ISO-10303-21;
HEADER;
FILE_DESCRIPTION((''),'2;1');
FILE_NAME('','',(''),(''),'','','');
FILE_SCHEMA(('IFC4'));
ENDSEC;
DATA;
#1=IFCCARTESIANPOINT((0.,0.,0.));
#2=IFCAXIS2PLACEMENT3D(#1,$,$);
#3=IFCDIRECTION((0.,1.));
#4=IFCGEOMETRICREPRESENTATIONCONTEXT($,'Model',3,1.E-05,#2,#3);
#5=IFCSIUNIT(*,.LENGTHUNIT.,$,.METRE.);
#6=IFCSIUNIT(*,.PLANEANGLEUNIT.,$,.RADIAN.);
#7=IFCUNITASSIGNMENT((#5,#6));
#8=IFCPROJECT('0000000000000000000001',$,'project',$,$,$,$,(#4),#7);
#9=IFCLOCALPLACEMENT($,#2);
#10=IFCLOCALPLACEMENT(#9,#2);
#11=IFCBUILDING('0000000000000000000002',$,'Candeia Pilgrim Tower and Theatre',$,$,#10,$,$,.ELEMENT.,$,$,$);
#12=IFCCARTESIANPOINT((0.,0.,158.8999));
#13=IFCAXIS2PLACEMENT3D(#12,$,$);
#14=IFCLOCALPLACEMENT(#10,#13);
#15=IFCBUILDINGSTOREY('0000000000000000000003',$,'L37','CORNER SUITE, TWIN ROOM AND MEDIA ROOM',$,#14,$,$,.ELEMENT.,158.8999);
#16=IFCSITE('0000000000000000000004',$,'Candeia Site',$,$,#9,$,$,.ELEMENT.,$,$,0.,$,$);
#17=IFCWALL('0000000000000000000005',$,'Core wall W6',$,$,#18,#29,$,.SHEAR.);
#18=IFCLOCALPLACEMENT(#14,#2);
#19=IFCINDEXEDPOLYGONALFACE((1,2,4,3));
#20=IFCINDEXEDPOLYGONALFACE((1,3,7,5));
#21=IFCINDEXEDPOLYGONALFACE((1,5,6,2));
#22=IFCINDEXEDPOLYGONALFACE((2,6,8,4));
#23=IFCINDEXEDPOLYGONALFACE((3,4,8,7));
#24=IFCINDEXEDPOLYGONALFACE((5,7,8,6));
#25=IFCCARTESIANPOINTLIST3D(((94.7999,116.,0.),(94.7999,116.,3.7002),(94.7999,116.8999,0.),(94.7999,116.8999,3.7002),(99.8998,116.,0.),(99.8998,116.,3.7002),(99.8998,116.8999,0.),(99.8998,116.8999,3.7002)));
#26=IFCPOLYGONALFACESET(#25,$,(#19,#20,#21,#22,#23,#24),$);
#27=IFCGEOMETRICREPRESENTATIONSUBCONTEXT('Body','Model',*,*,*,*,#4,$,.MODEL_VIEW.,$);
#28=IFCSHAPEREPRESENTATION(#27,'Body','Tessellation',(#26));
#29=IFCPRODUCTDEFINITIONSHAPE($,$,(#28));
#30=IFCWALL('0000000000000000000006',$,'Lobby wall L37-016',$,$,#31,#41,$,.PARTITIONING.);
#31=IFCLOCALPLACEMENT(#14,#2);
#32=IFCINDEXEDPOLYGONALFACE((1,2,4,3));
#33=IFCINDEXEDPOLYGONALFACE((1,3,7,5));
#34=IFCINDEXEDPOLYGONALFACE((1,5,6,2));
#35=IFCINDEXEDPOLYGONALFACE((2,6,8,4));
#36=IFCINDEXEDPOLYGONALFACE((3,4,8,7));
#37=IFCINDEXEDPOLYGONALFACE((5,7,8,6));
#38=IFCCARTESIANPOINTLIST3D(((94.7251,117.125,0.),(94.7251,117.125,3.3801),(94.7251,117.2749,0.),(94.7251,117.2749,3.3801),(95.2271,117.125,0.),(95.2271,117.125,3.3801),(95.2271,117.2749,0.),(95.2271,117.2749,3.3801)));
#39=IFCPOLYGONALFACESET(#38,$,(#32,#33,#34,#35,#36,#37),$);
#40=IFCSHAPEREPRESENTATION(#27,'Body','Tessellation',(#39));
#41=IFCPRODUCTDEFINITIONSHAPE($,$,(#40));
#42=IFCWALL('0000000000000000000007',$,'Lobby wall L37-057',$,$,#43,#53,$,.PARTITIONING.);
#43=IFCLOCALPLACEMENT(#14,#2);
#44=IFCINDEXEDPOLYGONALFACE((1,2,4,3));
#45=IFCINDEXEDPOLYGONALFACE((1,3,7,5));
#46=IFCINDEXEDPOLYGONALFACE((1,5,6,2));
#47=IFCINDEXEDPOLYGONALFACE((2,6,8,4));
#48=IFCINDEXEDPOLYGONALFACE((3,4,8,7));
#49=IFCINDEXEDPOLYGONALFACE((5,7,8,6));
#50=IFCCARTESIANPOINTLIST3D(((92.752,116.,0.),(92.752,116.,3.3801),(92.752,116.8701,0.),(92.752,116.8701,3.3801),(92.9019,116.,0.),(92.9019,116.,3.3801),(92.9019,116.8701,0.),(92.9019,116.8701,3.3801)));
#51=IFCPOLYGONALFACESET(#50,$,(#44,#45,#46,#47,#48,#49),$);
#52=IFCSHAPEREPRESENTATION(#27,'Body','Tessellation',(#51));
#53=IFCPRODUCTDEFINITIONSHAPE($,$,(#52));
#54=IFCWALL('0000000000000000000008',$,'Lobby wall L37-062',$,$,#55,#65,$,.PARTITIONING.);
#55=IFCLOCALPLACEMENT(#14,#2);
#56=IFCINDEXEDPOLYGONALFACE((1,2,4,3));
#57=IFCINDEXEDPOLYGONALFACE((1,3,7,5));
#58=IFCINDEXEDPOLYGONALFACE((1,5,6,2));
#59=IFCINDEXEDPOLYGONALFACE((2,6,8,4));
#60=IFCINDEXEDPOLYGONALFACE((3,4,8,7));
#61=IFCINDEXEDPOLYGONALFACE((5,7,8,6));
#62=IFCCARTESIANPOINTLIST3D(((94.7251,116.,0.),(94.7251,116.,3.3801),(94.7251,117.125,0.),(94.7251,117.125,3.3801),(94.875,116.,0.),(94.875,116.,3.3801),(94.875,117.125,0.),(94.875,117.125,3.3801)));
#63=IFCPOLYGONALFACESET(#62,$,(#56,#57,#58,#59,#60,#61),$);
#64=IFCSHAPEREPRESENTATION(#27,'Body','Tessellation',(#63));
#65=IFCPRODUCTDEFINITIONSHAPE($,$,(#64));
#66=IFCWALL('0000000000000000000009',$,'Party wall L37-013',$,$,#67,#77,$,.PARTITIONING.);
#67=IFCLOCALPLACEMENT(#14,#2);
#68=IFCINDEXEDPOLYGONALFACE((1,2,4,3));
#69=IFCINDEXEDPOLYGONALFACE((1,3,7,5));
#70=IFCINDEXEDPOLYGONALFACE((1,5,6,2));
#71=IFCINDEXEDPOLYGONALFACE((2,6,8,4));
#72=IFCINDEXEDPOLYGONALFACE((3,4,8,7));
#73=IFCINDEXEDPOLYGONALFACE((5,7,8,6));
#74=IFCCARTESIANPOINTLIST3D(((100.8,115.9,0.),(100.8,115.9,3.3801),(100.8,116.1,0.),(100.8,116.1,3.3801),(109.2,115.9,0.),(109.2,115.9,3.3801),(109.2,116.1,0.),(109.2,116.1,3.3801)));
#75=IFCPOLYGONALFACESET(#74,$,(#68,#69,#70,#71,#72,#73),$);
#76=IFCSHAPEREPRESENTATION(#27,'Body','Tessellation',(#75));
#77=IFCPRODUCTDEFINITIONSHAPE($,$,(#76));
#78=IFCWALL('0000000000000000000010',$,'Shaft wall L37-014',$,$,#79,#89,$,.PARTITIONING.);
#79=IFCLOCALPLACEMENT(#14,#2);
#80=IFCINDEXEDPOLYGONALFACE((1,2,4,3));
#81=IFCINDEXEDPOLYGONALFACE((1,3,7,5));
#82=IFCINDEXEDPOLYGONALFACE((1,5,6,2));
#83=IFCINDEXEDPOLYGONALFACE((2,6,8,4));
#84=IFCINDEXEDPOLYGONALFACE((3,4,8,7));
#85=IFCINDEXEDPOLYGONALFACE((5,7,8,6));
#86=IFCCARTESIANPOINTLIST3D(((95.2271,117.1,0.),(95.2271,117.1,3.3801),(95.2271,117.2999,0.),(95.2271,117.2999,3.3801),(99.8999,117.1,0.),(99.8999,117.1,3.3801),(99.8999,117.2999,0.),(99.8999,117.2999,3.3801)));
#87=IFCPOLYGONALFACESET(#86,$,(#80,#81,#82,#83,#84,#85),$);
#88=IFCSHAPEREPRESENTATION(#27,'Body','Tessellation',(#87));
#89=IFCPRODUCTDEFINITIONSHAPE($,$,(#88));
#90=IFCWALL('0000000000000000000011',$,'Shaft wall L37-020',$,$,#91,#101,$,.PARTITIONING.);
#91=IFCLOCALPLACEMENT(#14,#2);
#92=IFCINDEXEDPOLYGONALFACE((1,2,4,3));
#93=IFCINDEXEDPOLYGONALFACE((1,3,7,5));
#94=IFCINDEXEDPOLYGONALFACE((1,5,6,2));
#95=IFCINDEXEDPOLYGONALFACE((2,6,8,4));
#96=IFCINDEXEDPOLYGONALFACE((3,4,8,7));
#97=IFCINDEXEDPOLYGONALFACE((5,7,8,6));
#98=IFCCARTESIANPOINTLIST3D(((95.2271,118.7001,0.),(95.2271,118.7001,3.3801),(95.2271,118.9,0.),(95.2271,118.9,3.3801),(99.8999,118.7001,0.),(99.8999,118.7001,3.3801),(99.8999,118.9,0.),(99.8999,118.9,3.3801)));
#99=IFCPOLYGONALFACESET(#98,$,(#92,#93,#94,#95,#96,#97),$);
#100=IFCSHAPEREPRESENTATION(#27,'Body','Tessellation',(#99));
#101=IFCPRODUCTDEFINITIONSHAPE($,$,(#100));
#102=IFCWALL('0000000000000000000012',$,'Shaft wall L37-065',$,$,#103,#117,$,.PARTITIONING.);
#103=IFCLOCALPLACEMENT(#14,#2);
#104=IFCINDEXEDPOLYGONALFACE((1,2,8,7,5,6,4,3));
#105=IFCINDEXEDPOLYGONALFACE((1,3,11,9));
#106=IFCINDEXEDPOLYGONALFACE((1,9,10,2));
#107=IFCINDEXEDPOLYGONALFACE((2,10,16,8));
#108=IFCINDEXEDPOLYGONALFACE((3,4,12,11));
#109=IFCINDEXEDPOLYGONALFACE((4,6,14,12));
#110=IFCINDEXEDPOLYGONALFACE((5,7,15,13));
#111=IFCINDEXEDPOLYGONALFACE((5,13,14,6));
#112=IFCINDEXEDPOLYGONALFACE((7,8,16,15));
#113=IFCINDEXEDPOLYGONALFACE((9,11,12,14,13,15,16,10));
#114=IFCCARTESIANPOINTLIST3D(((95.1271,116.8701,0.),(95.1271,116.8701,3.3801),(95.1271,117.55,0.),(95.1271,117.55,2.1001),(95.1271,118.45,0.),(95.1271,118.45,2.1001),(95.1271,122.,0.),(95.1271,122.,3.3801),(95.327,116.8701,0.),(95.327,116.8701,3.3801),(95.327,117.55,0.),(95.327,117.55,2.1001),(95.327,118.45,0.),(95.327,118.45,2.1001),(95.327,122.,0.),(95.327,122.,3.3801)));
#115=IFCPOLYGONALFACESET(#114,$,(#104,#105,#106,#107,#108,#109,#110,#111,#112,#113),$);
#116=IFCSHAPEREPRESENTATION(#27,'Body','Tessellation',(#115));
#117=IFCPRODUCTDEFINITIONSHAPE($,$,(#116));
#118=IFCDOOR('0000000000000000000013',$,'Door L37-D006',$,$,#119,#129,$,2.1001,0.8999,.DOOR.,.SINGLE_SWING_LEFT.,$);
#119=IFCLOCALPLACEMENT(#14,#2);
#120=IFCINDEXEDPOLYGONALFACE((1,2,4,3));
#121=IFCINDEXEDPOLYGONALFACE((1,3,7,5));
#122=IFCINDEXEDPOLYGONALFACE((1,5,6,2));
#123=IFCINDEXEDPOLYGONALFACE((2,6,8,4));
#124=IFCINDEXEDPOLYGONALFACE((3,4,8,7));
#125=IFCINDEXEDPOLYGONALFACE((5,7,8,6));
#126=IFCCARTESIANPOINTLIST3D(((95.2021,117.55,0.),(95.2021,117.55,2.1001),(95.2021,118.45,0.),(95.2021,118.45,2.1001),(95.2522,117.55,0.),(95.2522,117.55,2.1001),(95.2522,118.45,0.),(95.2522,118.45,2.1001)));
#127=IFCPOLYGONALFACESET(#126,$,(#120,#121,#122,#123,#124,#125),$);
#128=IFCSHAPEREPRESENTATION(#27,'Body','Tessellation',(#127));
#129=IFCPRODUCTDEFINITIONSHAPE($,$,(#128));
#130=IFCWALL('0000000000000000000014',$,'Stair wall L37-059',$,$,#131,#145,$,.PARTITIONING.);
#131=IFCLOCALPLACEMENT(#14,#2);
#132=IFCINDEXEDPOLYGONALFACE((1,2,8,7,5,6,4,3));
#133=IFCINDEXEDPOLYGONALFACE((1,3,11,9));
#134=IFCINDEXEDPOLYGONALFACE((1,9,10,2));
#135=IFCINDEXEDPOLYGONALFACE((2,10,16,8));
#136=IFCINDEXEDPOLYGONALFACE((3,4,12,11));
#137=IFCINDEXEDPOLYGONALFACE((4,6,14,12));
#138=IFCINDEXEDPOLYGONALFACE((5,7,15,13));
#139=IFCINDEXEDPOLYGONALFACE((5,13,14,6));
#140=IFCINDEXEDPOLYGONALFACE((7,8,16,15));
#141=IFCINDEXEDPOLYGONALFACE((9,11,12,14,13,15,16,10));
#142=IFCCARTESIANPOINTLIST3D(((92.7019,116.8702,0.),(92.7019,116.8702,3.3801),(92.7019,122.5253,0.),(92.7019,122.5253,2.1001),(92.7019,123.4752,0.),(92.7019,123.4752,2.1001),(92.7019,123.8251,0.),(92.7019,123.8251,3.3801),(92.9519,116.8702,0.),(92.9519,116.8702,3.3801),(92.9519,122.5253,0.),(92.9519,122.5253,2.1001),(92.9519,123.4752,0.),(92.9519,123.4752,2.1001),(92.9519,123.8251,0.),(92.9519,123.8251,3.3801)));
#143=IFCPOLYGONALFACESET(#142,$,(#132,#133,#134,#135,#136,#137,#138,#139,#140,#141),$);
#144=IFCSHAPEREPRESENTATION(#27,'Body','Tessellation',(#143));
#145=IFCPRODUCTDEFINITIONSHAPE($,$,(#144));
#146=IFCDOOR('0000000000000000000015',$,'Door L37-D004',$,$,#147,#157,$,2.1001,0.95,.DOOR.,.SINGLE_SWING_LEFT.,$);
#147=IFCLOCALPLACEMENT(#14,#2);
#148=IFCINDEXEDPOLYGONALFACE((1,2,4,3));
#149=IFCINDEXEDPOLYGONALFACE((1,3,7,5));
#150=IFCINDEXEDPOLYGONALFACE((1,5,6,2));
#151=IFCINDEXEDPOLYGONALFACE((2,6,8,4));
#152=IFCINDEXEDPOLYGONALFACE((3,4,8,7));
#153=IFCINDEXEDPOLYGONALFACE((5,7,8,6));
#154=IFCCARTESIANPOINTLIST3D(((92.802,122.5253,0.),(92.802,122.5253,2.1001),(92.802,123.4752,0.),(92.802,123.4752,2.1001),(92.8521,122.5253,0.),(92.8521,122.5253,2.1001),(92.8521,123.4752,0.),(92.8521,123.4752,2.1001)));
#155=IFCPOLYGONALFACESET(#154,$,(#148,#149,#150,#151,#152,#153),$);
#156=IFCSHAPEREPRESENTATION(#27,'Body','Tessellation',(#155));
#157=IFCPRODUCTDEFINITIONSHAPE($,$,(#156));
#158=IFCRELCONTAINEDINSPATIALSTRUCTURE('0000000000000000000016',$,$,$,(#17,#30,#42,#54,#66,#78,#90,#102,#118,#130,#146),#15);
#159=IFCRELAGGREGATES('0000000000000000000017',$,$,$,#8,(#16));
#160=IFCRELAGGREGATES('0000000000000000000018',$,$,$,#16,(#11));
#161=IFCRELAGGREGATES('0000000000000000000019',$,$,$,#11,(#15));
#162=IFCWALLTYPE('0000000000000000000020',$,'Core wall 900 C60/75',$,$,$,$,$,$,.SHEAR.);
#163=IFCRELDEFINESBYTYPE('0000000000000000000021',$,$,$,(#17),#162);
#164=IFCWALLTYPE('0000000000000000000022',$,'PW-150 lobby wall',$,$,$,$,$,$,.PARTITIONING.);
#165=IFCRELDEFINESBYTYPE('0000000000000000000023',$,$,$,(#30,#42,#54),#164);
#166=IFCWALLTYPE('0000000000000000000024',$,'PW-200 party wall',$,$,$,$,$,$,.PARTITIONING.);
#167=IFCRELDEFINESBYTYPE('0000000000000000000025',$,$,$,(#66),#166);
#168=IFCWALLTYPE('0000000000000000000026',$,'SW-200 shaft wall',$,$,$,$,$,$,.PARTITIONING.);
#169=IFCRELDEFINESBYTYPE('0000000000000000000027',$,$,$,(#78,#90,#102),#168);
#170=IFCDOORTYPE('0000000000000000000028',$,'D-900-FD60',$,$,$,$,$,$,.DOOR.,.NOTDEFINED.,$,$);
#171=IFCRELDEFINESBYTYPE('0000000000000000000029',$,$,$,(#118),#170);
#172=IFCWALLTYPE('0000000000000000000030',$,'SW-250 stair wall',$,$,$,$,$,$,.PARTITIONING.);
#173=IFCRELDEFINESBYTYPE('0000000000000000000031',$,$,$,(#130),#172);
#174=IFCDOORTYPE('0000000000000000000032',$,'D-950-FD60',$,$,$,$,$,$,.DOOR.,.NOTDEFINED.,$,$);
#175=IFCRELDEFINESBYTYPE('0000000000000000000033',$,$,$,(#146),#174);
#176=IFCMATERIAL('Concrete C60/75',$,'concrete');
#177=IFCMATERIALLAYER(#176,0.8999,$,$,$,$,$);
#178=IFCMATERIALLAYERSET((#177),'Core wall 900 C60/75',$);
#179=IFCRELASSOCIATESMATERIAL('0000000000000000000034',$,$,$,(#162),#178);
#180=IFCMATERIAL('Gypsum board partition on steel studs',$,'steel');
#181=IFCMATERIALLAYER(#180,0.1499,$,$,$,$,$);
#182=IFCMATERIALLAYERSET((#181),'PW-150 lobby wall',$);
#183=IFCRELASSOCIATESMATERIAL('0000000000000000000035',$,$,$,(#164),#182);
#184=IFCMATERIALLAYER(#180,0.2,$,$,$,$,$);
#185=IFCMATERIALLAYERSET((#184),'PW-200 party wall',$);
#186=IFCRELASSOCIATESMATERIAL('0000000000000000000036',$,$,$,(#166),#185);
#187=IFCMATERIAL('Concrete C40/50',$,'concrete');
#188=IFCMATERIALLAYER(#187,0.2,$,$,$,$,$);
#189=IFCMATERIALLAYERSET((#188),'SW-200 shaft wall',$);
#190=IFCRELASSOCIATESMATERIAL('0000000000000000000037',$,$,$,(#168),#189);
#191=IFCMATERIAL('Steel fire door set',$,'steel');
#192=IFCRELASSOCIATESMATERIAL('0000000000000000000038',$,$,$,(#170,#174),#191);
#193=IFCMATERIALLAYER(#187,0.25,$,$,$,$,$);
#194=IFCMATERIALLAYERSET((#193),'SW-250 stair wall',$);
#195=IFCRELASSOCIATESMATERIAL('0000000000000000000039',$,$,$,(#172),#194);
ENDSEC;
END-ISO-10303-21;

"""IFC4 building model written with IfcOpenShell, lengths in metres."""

from ifc_helpers import new_model, si_unit, direction, frame, frame_2d, origin, place, context, subcontext, project, spatial, rectangle, extrude, material, layer, layer_set, type_object, element, fill, save


model = new_model("IFC4")

# Units and contexts
model_context = context("Model", 3, precision=1e-05, world=origin(), true_north=direction((0.0, 1.0)))
body_context = subcontext(model_context, "Body", "Model", "MODEL_VIEW")
ifc_project = project(units=[si_unit("LENGTHUNIT", "METRE"), si_unit("PLANEANGLEUNIT", "RADIAN")], contexts=[model_context])

# Site, building, storey
site_placement = place(None, origin())
site = spatial("IfcSite", under=ifc_project, at=site_placement, Name="Candeia Site", CompositionType="ELEMENT", RefElevation=0.0)
building_placement = place(site_placement, origin())
building = spatial("IfcBuilding", under=site, at=building_placement, Name="Candeia Pilgrim Tower and Theatre", CompositionType="ELEMENT")
storey_placement = place(building_placement, frame((0.0, 0.0, 158.8999)))
storey = spatial("IfcBuildingStorey", under=building, at=storey_placement, Name="L37", Description="CORNER SUITE, TWIN ROOM AND MEDIA ROOM", CompositionType="ELEMENT", Elevation=158.8999)

# Walls
ifc_material_1 = material(Name="Concrete C60/75", Category="concrete")
ifc_layer_1 = layer(ifc_material_1, 0.8999)
ifc_layer_set_1 = layer_set([ifc_layer_1], Name="Core wall 900 C60/75")
wall_type_1 = type_object("IfcWallType", Name="Core wall 900 C60/75", PredefinedType="SHEAR", material=ifc_layer_set_1)
wall_1_placement = place(storey_placement, frame((94.8, 116.45, 0.0), z_axis=(0.0, 0.0, 1.0), x_axis=(1.0, 0.0, 0.0)))
element("IfcWall", 1, at=wall_1_placement, inside=storey, type_object=wall_type_1, Name="Core wall W6", PredefinedType="SHEAR", context=body_context, shape_type="SweptSolid", body=[
    extrude(rectangle(XDim=5.0999, YDim=0.8999, at=frame_2d((2.5498, 0.0))), origin(), (0.0, 0.0, 1.0), 3.7002),
])
ifc_material_2 = material(Name="Gypsum board partition on steel studs", Category="steel")
ifc_layer_2 = layer(ifc_material_2, 0.1499)
ifc_layer_set_2 = layer_set([ifc_layer_2], Name="PW-150 lobby wall")
wall_type_2 = type_object("IfcWallType", Name="PW-150 lobby wall", PredefinedType="PARTITIONING", material=ifc_layer_set_2)
wall_2_placement = place(storey_placement, frame((94.7251, 117.2, 0.0), z_axis=(0.0, 0.0, 1.0), x_axis=(1.0, 0.0, 0.0)))
element("IfcWall", 2, at=wall_2_placement, inside=storey, type_object=wall_type_2, Name="Lobby wall L37-016", PredefinedType="PARTITIONING", context=body_context, shape_type="SweptSolid", body=[
    extrude(rectangle(XDim=0.502, YDim=0.1499, at=frame_2d((0.251, 0.0))), origin(), (0.0, 0.0, 1.0), 3.3801),
])
wall_3_placement = place(storey_placement, frame((92.8269, 116.0, 0.0), z_axis=(0.0, 0.0, 1.0), x_axis=(0.0, 1.0, 0.0)))
element("IfcWall", 3, at=wall_3_placement, inside=storey, type_object=wall_type_2, Name="Lobby wall L37-057", PredefinedType="PARTITIONING", context=body_context, shape_type="SweptSolid", body=[
    extrude(rectangle(XDim=0.8701, YDim=0.1499, at=frame_2d((0.4351, 0.0))), origin(), (0.0, 0.0, 1.0), 3.3801),
])
wall_4_placement = place(storey_placement, frame((94.8, 116.0, 0.0), z_axis=(0.0, 0.0, 1.0), x_axis=(0.0, 1.0, 0.0)))
element("IfcWall", 4, at=wall_4_placement, inside=storey, type_object=wall_type_2, Name="Lobby wall L37-062", PredefinedType="PARTITIONING", context=body_context, shape_type="SweptSolid", body=[
    extrude(rectangle(XDim=1.125, YDim=0.1499, at=frame_2d((0.5625, 0.0))), origin(), (0.0, 0.0, 1.0), 3.3801),
])
ifc_layer_3 = layer(ifc_material_2, 0.2)
ifc_layer_set_3 = layer_set([ifc_layer_3], Name="PW-200 party wall")
wall_type_3 = type_object("IfcWallType", Name="PW-200 party wall", PredefinedType="PARTITIONING", material=ifc_layer_set_3)
wall_5_placement = place(storey_placement, frame((100.8, 116.0, 0.0), z_axis=(0.0, 0.0, 1.0), x_axis=(1.0, 0.0, 0.0)))
element("IfcWall", 5, at=wall_5_placement, inside=storey, type_object=wall_type_3, Name="Party wall L37-013", PredefinedType="PARTITIONING", context=body_context, shape_type="SweptSolid", body=[
    extrude(rectangle(XDim=8.3999, YDim=0.2, at=frame_2d((4.2, 0.0))), origin(), (0.0, 0.0, 1.0), 3.3801),
])
ifc_material_3 = material(Name="Concrete C40/50", Category="concrete")
ifc_layer_4 = layer(ifc_material_3, 0.2)
ifc_layer_set_4 = layer_set([ifc_layer_4], Name="SW-200 shaft wall")
wall_type_4 = type_object("IfcWallType", Name="SW-200 shaft wall", PredefinedType="PARTITIONING", material=ifc_layer_set_4)
for number, where, z_axis, x_axis, name in (
    (6, (95.2271, 117.2, 0.0), (0.0, 0.0, 1.0), (1.0, 0.0, 0.0), "Shaft wall L37-014"),
    (7, (95.2271, 118.8, 0.0), (0.0, 0.0, 1.0), (1.0, 0.0, 0.0), "Shaft wall L37-020"),
):
    element("IfcWall", number, at=place(storey_placement, frame(where, z_axis=z_axis, x_axis=x_axis)), inside=storey, type_object=wall_type_4, Name=name, PredefinedType="PARTITIONING", context=body_context, shape_type="SweptSolid", body=[
        extrude(rectangle(XDim=4.6729, YDim=0.2, at=frame_2d((2.3364, 0.0))), origin(), (0.0, 0.0, 1.0), 3.3801),
    ])

# Walls, openings, doors
wall_6_placement = place(storey_placement, frame((95.2271, 116.8701, 0.0), z_axis=(0.0, 0.0, 1.0), x_axis=(0.0, 1.0, 0.0)))
wall_6 = element("IfcWall", 8, at=wall_6_placement, inside=storey, type_object=wall_type_4, Name="Shaft wall L37-065", PredefinedType="PARTITIONING", context=body_context, shape_type="SweptSolid", body=[
    extrude(rectangle(XDim=5.1299, YDim=0.2, at=frame_2d((2.5649, 0.0))), origin(), (0.0, 0.0, 1.0), 3.3801),
])
opening_1_placement = place(wall_6_placement, frame((0.6799, 0.0, 0.0)))
opening_1 = element("IfcOpeningElement", 9, at=opening_1_placement, cuts=wall_6, PredefinedType="OPENING", context=body_context, shape_type="SweptSolid", body=[
    extrude(rectangle(XDim=0.8999, YDim=2.1001, at=frame_2d((0.45, 1.05))), frame((0.0, 0.1099, 0.0), z_axis=(0.0, -1.0, 0.0), x_axis=(1.0, 0.0, 0.0)), (0.0, 0.0, 1.0), 0.22),
])
ifc_material_4 = material(Name="Steel fire door set", Category="steel")
door_type_1 = type_object("IfcDoorType", Name="D-900-FD60", OperationType="NOTDEFINED", PredefinedType="DOOR", material=ifc_material_4)
door_1_placement = place(opening_1_placement, origin())
door_1 = element("IfcDoor", 10, at=door_1_placement, inside=storey, type_object=door_type_1, Name="Door L37-D006", OperationType="SINGLE_SWING_LEFT", OverallHeight=2.1001, OverallWidth=0.8999, PredefinedType="DOOR", context=body_context, shape_type="SweptSolid", body=[
    extrude(rectangle(XDim=0.8999, YDim=2.1001, at=frame_2d((0.45, 1.05))), frame((0.0, 0.0249, 0.0), z_axis=(0.0, -1.0, 0.0), x_axis=(1.0, 0.0, 0.0)), (0.0, 0.0, 1.0), 0.05),
])
fill(opening_1, door_1)
ifc_layer_5 = layer(ifc_material_3, 0.25)
ifc_layer_set_5 = layer_set([ifc_layer_5], Name="SW-250 stair wall")
wall_type_5 = type_object("IfcWallType", Name="SW-250 stair wall", PredefinedType="PARTITIONING", material=ifc_layer_set_5)
wall_7_placement = place(storey_placement, frame((92.8269, 116.8701, 0.0), z_axis=(0.0, 0.0, 1.0), x_axis=(0.0, 1.0, 0.0)))
wall_7 = element("IfcWall", 11, at=wall_7_placement, inside=storey, type_object=wall_type_5, Name="Stair wall L37-059", PredefinedType="PARTITIONING", context=body_context, shape_type="SweptSolid", body=[
    extrude(rectangle(XDim=6.9548, YDim=0.25, at=frame_2d((3.4775, 0.0))), origin(), (0.0, 0.0, 1.0), 3.3801),
])
opening_2_placement = place(wall_7_placement, frame((5.655, 0.0, 0.0)))
opening_2 = element("IfcOpeningElement", 12, at=opening_2_placement, cuts=wall_7, PredefinedType="OPENING", context=body_context, shape_type="SweptSolid", body=[
    extrude(rectangle(XDim=0.95, YDim=2.1001, at=frame_2d((0.4751, 1.05))), frame((0.0, 0.135, 0.0), z_axis=(0.0, -1.0, 0.0), x_axis=(1.0, 0.0, 0.0)), (0.0, 0.0, 1.0), 0.27),
])
door_type_2 = type_object("IfcDoorType", Name="D-950-FD60", OperationType="NOTDEFINED", PredefinedType="DOOR", material=ifc_material_4)
door_2_placement = place(opening_2_placement, origin())
door_2 = element("IfcDoor", 13, at=door_2_placement, inside=storey, type_object=door_type_2, Name="Door L37-D004", OperationType="SINGLE_SWING_LEFT", OverallHeight=2.1001, OverallWidth=0.95, PredefinedType="DOOR", context=body_context, shape_type="SweptSolid", body=[
    extrude(rectangle(XDim=0.95, YDim=2.1001, at=frame_2d((0.4751, 1.05))), frame((0.0, 0.0249, 0.0), z_axis=(0.0, -1.0, 0.0), x_axis=(1.0, 0.0, 0.0)), (0.0, 0.0, 1.0), 0.05),
])
fill(opening_2, door_2)

save(model, "model.ifc")
